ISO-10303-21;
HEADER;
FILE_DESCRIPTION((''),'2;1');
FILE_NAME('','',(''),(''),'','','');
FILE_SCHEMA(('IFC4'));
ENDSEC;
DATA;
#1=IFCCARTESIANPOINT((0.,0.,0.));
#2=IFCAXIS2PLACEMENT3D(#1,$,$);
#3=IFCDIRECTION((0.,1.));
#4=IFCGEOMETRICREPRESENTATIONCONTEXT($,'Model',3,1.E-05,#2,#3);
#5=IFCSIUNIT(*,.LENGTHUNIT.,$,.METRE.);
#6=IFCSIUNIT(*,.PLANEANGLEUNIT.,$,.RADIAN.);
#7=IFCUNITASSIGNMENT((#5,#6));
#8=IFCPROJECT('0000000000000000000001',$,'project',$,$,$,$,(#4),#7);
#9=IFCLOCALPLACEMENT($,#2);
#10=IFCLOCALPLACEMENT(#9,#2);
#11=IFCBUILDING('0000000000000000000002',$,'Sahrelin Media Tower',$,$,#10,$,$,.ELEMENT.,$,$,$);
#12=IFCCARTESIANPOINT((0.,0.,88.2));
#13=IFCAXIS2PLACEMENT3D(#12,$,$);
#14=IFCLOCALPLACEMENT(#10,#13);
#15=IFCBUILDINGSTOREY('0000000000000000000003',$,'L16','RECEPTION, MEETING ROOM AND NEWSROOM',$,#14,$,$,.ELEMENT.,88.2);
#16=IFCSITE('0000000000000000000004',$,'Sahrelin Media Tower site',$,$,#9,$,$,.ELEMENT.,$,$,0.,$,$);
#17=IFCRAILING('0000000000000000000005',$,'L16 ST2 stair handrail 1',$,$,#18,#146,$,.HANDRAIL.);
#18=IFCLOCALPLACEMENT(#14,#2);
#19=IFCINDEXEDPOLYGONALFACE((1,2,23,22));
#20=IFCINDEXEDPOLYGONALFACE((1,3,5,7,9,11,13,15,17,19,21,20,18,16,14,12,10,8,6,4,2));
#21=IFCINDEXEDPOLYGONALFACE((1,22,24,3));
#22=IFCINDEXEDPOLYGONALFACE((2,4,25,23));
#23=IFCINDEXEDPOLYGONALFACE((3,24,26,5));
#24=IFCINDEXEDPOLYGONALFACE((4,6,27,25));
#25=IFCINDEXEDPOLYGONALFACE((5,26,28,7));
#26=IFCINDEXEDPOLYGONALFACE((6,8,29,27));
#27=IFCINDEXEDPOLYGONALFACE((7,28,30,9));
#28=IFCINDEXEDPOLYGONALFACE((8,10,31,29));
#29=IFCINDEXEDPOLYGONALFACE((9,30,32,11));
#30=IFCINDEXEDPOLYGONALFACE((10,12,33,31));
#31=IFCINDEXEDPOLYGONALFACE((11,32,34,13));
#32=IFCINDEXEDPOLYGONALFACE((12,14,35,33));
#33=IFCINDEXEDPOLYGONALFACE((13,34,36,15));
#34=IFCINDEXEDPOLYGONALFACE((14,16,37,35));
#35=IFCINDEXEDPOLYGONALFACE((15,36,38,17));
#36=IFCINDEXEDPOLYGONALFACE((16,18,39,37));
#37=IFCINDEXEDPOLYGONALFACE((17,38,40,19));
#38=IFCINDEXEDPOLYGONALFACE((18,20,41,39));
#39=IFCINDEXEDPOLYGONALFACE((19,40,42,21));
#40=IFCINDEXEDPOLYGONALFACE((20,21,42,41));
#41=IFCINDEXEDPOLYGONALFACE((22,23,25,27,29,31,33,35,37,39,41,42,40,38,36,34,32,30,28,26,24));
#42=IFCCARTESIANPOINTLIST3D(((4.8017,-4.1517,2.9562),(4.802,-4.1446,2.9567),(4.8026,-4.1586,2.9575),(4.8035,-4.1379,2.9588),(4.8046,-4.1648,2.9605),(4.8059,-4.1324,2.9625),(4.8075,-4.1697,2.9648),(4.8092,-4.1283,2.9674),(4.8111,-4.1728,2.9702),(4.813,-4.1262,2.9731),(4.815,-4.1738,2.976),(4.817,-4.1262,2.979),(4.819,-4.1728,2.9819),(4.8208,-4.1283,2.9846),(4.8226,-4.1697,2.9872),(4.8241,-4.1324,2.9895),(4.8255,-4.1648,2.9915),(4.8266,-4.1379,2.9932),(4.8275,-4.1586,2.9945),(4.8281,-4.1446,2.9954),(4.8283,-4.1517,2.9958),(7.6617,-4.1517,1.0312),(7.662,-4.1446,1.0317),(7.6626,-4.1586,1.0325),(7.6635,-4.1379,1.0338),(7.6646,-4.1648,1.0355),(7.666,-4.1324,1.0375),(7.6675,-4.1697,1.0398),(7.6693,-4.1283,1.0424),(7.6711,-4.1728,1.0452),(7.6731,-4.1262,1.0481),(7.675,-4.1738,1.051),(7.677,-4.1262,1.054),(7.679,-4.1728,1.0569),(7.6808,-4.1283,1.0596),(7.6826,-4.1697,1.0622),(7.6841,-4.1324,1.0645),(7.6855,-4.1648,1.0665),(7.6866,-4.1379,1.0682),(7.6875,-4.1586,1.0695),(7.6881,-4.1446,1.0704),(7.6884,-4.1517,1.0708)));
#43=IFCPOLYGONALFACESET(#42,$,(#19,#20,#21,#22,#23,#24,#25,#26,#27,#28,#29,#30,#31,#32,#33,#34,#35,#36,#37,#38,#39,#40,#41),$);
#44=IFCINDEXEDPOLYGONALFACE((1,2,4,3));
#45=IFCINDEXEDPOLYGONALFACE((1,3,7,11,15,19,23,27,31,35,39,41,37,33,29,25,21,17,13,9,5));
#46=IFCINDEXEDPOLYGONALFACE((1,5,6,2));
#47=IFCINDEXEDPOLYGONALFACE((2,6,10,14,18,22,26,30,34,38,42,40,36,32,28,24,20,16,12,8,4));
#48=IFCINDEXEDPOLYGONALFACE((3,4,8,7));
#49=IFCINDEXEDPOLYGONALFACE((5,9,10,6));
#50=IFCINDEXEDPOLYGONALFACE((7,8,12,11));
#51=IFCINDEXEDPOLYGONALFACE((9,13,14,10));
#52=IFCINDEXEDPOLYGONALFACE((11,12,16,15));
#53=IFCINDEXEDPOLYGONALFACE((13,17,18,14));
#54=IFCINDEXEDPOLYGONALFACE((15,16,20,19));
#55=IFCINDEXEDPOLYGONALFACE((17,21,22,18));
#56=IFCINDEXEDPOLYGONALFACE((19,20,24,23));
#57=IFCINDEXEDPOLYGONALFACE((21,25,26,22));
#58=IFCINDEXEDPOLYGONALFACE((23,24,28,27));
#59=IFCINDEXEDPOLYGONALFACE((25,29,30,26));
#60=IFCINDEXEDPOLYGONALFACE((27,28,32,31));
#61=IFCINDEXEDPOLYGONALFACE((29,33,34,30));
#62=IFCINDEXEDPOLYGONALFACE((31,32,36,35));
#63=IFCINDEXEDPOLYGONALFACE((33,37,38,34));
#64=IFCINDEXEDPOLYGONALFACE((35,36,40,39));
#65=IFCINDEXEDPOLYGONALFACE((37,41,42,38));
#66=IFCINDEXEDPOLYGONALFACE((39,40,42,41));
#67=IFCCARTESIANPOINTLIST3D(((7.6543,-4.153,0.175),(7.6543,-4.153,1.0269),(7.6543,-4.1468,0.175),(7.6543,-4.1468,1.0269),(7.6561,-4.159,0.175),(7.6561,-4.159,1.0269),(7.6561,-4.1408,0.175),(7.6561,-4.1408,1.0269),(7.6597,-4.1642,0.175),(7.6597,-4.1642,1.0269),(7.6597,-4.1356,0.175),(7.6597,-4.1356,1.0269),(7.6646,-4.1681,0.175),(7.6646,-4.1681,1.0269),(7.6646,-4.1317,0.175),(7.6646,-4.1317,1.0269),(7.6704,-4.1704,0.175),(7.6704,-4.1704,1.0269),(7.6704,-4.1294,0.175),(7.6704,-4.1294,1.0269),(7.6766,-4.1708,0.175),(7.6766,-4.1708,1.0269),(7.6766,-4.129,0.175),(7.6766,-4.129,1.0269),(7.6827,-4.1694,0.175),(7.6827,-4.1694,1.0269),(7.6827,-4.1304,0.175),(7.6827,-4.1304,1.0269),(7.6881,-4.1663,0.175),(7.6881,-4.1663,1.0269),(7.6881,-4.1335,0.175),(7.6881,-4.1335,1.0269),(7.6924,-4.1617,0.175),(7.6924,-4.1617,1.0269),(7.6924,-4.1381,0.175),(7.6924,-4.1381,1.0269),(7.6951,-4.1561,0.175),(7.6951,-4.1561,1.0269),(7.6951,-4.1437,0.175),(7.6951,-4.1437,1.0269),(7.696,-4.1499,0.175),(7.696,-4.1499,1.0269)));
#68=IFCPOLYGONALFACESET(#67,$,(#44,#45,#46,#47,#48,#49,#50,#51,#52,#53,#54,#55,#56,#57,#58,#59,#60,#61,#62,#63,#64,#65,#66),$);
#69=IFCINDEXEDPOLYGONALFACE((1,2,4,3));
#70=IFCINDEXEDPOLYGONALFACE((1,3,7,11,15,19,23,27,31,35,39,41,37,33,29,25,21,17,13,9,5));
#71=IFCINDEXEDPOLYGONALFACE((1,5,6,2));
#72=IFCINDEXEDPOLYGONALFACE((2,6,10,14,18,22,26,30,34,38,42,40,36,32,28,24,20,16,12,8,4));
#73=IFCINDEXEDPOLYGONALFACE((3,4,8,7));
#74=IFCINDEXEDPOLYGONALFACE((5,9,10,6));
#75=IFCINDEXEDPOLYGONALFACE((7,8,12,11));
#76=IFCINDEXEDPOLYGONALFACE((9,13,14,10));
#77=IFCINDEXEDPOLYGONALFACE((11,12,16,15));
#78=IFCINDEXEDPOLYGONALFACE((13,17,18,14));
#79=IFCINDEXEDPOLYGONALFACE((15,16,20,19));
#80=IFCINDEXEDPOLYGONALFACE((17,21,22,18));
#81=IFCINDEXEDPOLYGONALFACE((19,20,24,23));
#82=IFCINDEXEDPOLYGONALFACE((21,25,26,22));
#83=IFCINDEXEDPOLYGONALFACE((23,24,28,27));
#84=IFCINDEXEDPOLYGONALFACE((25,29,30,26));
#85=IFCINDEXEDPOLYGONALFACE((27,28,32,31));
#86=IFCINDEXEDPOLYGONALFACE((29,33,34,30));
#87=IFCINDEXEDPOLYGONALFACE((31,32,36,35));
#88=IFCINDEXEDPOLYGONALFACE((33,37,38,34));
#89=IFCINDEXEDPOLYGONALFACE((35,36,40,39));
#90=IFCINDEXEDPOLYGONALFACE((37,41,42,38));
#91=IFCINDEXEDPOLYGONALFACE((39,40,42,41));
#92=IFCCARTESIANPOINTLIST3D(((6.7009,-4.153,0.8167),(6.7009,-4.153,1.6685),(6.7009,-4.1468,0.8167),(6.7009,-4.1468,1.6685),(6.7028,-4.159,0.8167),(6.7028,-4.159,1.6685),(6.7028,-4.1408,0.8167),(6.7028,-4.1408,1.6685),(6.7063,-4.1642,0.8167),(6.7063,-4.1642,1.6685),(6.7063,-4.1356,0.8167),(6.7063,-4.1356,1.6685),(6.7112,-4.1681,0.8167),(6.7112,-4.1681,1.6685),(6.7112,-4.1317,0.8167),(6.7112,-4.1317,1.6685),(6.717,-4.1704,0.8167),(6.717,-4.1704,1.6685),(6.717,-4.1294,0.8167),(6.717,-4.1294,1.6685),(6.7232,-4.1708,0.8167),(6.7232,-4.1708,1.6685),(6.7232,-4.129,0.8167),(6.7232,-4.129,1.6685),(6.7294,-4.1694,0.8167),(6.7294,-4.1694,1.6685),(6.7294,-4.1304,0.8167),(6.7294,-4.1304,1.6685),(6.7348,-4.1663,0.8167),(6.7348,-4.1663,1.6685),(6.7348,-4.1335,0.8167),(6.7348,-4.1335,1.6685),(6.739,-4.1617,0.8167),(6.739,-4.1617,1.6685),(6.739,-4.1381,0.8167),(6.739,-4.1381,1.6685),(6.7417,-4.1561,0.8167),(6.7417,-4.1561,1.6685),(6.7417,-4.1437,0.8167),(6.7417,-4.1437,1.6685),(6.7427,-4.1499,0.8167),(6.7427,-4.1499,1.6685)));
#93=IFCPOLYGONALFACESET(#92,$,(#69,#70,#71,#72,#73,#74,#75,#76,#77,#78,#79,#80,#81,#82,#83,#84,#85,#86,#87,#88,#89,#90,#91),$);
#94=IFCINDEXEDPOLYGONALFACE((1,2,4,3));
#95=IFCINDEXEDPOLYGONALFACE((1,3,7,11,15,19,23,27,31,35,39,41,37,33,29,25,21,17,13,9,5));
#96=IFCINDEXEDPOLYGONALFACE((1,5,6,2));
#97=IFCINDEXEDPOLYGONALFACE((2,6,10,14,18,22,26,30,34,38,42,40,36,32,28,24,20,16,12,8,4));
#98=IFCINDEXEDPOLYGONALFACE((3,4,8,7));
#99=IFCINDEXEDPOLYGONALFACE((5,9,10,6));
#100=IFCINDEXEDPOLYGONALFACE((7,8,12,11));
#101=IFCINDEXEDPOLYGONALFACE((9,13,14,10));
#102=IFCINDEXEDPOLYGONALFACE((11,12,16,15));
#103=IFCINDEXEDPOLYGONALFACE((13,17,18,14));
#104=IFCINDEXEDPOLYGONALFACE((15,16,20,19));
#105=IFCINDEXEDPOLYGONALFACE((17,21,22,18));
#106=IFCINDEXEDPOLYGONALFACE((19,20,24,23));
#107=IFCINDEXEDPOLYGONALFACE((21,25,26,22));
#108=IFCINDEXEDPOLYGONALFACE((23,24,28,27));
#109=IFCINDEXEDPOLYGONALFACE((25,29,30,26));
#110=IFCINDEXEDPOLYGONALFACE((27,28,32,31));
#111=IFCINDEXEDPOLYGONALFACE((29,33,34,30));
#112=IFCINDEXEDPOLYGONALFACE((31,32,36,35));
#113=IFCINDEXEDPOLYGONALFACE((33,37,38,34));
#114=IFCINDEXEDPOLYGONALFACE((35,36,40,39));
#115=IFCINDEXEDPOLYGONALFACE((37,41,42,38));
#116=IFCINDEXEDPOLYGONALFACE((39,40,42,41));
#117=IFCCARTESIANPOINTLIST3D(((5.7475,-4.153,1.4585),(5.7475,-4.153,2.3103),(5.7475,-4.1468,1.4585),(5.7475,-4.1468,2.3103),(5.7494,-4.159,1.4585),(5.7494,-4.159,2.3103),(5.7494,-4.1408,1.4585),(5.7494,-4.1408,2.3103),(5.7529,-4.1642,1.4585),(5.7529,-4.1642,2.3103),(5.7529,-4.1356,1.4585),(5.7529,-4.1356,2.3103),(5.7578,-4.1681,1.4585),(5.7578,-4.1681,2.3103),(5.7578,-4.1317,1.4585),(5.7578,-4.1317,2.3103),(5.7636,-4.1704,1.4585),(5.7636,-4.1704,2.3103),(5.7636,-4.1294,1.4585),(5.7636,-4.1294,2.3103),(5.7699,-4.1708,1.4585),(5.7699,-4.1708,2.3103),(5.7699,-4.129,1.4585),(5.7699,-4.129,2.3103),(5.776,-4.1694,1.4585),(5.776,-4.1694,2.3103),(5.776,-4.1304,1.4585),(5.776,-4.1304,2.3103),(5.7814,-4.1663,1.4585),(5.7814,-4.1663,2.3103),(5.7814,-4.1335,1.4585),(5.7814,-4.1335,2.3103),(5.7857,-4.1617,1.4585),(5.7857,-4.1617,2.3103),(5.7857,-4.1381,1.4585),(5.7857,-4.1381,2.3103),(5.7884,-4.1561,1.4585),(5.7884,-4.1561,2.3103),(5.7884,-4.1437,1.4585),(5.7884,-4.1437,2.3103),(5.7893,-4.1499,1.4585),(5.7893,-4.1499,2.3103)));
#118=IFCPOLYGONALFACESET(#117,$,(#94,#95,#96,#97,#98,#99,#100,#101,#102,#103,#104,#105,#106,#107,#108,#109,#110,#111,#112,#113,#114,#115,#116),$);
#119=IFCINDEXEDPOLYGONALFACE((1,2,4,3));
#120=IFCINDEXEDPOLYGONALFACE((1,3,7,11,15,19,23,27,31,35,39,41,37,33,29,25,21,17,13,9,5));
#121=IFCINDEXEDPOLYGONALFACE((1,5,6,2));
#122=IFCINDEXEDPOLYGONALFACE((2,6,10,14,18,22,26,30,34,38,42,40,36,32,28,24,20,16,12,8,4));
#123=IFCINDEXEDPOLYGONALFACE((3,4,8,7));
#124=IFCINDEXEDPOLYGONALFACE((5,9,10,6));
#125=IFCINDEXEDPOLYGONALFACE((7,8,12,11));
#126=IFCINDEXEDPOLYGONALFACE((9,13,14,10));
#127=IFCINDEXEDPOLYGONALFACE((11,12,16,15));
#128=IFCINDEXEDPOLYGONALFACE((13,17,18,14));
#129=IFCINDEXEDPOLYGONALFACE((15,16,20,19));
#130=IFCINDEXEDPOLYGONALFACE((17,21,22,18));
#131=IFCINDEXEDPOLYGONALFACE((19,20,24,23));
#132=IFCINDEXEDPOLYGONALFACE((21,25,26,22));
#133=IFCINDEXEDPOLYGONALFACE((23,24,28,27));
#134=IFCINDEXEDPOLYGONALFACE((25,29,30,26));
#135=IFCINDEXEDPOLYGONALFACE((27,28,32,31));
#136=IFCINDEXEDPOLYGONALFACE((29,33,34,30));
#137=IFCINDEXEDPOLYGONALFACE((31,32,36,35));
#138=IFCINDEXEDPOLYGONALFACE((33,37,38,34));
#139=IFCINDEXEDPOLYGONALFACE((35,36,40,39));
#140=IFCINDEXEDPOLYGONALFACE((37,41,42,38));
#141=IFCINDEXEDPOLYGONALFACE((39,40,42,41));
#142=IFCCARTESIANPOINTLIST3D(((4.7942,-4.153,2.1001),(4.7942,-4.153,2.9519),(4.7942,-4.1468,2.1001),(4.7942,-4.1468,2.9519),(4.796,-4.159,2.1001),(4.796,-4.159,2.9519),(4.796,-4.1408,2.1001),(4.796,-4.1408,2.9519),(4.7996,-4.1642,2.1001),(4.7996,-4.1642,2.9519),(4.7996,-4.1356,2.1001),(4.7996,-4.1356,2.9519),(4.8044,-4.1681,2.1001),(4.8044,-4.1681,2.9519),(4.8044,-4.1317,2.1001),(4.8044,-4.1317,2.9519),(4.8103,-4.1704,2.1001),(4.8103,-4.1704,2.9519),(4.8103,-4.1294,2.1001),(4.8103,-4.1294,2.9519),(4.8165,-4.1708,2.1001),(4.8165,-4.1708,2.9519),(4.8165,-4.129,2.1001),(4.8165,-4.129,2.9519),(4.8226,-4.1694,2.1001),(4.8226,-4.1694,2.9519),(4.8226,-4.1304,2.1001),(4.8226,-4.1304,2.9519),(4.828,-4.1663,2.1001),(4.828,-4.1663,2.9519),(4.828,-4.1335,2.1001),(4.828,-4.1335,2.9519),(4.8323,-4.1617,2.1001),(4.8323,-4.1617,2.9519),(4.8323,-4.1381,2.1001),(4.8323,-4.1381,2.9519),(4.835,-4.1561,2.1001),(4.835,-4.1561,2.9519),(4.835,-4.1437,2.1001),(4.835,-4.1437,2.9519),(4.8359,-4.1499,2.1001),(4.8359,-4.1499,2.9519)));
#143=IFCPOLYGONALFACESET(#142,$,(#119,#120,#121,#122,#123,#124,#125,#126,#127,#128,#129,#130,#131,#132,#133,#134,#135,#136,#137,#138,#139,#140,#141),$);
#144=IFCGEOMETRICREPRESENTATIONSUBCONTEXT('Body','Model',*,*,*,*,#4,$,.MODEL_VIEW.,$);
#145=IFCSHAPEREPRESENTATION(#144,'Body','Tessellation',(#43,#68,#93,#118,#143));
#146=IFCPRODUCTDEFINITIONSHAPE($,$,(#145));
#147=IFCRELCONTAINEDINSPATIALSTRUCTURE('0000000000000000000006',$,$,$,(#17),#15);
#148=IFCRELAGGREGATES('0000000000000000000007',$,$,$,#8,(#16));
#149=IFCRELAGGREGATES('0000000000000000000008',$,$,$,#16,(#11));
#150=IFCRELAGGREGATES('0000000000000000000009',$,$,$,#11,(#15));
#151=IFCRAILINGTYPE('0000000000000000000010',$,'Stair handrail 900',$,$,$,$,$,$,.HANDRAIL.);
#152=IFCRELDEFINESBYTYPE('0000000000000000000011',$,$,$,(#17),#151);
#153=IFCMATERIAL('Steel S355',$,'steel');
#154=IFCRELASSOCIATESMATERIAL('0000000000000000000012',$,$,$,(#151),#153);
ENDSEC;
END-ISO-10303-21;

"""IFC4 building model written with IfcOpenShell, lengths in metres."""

from ifc_helpers import new_model, si_unit, direction, frame, origin, origin_2d, place, context, subcontext, project, spatial, circle, extrude, material, type_object, element, save


model = new_model("IFC4")

# Units and contexts
model_context = context("Model", 3, precision=1e-05, world=origin(), true_north=direction((0.0, 1.0)))
body_context = subcontext(model_context, "Body", "Model", "MODEL_VIEW")
ifc_project = project(units=[si_unit("LENGTHUNIT", "METRE"), si_unit("PLANEANGLEUNIT", "RADIAN")], contexts=[model_context])

# Site, building, storey
site_placement = place(None, origin())
site = spatial("IfcSite", under=ifc_project, at=site_placement, Name="Sahrelin Media Tower site", CompositionType="ELEMENT", RefElevation=0.0)
building_placement = place(site_placement, origin())
building = spatial("IfcBuilding", under=site, at=building_placement, Name="Sahrelin Media Tower", CompositionType="ELEMENT")
storey_placement = place(building_placement, frame((0.0, 0.0, 88.2)))
storey = spatial("IfcBuildingStorey", under=building, at=storey_placement, Name="L16", Description="RECEPTION, MEETING ROOM AND NEWSROOM", CompositionType="ELEMENT", Elevation=88.2)

# Railing
ifc_material_1 = material(Name="Steel S355", Category="steel")
railing_type_1 = type_object("IfcRailingType", Name="Stair handrail 900", PredefinedType="HANDRAIL", material=ifc_material_1)
railing_1_placement = place(storey_placement, frame((7.675, -4.1499, 0.175)))
element("IfcRailing", 1, at=railing_1_placement, inside=storey, type_object=railing_type_1, Name="L16 ST2 stair handrail 1", PredefinedType="HANDRAIL", context=body_context, shape_type="SweptSolid", body=[
    extrude(circle(Radius=0.0239, at=origin_2d()), frame((0.0, 0.0, 0.876), z_axis=(-0.829591, 0.0, 0.558372), x_axis=(0.0, -1.0, 0.0)), (0.0, 0.0, 1.0), 3.4475),
    extrude(circle(Radius=0.021, at=origin_2d()), origin(), (0.0, 0.0, 1.0), 0.8518),
    extrude(circle(Radius=0.021, at=origin_2d()), frame((-0.9534, 0.0, 0.6416)), (0.0, 0.0, 1.0), 0.8518),
    extrude(circle(Radius=0.021, at=origin_2d()), frame((-1.9067, 0.0, 1.2834)), (0.0, 0.0, 1.0), 0.8518),
    extrude(circle(Radius=0.021, at=origin_2d()), frame((-2.8601, 0.0, 1.925)), (0.0, 0.0, 1.0), 0.8518),
])

save(model, "model.ifc")
